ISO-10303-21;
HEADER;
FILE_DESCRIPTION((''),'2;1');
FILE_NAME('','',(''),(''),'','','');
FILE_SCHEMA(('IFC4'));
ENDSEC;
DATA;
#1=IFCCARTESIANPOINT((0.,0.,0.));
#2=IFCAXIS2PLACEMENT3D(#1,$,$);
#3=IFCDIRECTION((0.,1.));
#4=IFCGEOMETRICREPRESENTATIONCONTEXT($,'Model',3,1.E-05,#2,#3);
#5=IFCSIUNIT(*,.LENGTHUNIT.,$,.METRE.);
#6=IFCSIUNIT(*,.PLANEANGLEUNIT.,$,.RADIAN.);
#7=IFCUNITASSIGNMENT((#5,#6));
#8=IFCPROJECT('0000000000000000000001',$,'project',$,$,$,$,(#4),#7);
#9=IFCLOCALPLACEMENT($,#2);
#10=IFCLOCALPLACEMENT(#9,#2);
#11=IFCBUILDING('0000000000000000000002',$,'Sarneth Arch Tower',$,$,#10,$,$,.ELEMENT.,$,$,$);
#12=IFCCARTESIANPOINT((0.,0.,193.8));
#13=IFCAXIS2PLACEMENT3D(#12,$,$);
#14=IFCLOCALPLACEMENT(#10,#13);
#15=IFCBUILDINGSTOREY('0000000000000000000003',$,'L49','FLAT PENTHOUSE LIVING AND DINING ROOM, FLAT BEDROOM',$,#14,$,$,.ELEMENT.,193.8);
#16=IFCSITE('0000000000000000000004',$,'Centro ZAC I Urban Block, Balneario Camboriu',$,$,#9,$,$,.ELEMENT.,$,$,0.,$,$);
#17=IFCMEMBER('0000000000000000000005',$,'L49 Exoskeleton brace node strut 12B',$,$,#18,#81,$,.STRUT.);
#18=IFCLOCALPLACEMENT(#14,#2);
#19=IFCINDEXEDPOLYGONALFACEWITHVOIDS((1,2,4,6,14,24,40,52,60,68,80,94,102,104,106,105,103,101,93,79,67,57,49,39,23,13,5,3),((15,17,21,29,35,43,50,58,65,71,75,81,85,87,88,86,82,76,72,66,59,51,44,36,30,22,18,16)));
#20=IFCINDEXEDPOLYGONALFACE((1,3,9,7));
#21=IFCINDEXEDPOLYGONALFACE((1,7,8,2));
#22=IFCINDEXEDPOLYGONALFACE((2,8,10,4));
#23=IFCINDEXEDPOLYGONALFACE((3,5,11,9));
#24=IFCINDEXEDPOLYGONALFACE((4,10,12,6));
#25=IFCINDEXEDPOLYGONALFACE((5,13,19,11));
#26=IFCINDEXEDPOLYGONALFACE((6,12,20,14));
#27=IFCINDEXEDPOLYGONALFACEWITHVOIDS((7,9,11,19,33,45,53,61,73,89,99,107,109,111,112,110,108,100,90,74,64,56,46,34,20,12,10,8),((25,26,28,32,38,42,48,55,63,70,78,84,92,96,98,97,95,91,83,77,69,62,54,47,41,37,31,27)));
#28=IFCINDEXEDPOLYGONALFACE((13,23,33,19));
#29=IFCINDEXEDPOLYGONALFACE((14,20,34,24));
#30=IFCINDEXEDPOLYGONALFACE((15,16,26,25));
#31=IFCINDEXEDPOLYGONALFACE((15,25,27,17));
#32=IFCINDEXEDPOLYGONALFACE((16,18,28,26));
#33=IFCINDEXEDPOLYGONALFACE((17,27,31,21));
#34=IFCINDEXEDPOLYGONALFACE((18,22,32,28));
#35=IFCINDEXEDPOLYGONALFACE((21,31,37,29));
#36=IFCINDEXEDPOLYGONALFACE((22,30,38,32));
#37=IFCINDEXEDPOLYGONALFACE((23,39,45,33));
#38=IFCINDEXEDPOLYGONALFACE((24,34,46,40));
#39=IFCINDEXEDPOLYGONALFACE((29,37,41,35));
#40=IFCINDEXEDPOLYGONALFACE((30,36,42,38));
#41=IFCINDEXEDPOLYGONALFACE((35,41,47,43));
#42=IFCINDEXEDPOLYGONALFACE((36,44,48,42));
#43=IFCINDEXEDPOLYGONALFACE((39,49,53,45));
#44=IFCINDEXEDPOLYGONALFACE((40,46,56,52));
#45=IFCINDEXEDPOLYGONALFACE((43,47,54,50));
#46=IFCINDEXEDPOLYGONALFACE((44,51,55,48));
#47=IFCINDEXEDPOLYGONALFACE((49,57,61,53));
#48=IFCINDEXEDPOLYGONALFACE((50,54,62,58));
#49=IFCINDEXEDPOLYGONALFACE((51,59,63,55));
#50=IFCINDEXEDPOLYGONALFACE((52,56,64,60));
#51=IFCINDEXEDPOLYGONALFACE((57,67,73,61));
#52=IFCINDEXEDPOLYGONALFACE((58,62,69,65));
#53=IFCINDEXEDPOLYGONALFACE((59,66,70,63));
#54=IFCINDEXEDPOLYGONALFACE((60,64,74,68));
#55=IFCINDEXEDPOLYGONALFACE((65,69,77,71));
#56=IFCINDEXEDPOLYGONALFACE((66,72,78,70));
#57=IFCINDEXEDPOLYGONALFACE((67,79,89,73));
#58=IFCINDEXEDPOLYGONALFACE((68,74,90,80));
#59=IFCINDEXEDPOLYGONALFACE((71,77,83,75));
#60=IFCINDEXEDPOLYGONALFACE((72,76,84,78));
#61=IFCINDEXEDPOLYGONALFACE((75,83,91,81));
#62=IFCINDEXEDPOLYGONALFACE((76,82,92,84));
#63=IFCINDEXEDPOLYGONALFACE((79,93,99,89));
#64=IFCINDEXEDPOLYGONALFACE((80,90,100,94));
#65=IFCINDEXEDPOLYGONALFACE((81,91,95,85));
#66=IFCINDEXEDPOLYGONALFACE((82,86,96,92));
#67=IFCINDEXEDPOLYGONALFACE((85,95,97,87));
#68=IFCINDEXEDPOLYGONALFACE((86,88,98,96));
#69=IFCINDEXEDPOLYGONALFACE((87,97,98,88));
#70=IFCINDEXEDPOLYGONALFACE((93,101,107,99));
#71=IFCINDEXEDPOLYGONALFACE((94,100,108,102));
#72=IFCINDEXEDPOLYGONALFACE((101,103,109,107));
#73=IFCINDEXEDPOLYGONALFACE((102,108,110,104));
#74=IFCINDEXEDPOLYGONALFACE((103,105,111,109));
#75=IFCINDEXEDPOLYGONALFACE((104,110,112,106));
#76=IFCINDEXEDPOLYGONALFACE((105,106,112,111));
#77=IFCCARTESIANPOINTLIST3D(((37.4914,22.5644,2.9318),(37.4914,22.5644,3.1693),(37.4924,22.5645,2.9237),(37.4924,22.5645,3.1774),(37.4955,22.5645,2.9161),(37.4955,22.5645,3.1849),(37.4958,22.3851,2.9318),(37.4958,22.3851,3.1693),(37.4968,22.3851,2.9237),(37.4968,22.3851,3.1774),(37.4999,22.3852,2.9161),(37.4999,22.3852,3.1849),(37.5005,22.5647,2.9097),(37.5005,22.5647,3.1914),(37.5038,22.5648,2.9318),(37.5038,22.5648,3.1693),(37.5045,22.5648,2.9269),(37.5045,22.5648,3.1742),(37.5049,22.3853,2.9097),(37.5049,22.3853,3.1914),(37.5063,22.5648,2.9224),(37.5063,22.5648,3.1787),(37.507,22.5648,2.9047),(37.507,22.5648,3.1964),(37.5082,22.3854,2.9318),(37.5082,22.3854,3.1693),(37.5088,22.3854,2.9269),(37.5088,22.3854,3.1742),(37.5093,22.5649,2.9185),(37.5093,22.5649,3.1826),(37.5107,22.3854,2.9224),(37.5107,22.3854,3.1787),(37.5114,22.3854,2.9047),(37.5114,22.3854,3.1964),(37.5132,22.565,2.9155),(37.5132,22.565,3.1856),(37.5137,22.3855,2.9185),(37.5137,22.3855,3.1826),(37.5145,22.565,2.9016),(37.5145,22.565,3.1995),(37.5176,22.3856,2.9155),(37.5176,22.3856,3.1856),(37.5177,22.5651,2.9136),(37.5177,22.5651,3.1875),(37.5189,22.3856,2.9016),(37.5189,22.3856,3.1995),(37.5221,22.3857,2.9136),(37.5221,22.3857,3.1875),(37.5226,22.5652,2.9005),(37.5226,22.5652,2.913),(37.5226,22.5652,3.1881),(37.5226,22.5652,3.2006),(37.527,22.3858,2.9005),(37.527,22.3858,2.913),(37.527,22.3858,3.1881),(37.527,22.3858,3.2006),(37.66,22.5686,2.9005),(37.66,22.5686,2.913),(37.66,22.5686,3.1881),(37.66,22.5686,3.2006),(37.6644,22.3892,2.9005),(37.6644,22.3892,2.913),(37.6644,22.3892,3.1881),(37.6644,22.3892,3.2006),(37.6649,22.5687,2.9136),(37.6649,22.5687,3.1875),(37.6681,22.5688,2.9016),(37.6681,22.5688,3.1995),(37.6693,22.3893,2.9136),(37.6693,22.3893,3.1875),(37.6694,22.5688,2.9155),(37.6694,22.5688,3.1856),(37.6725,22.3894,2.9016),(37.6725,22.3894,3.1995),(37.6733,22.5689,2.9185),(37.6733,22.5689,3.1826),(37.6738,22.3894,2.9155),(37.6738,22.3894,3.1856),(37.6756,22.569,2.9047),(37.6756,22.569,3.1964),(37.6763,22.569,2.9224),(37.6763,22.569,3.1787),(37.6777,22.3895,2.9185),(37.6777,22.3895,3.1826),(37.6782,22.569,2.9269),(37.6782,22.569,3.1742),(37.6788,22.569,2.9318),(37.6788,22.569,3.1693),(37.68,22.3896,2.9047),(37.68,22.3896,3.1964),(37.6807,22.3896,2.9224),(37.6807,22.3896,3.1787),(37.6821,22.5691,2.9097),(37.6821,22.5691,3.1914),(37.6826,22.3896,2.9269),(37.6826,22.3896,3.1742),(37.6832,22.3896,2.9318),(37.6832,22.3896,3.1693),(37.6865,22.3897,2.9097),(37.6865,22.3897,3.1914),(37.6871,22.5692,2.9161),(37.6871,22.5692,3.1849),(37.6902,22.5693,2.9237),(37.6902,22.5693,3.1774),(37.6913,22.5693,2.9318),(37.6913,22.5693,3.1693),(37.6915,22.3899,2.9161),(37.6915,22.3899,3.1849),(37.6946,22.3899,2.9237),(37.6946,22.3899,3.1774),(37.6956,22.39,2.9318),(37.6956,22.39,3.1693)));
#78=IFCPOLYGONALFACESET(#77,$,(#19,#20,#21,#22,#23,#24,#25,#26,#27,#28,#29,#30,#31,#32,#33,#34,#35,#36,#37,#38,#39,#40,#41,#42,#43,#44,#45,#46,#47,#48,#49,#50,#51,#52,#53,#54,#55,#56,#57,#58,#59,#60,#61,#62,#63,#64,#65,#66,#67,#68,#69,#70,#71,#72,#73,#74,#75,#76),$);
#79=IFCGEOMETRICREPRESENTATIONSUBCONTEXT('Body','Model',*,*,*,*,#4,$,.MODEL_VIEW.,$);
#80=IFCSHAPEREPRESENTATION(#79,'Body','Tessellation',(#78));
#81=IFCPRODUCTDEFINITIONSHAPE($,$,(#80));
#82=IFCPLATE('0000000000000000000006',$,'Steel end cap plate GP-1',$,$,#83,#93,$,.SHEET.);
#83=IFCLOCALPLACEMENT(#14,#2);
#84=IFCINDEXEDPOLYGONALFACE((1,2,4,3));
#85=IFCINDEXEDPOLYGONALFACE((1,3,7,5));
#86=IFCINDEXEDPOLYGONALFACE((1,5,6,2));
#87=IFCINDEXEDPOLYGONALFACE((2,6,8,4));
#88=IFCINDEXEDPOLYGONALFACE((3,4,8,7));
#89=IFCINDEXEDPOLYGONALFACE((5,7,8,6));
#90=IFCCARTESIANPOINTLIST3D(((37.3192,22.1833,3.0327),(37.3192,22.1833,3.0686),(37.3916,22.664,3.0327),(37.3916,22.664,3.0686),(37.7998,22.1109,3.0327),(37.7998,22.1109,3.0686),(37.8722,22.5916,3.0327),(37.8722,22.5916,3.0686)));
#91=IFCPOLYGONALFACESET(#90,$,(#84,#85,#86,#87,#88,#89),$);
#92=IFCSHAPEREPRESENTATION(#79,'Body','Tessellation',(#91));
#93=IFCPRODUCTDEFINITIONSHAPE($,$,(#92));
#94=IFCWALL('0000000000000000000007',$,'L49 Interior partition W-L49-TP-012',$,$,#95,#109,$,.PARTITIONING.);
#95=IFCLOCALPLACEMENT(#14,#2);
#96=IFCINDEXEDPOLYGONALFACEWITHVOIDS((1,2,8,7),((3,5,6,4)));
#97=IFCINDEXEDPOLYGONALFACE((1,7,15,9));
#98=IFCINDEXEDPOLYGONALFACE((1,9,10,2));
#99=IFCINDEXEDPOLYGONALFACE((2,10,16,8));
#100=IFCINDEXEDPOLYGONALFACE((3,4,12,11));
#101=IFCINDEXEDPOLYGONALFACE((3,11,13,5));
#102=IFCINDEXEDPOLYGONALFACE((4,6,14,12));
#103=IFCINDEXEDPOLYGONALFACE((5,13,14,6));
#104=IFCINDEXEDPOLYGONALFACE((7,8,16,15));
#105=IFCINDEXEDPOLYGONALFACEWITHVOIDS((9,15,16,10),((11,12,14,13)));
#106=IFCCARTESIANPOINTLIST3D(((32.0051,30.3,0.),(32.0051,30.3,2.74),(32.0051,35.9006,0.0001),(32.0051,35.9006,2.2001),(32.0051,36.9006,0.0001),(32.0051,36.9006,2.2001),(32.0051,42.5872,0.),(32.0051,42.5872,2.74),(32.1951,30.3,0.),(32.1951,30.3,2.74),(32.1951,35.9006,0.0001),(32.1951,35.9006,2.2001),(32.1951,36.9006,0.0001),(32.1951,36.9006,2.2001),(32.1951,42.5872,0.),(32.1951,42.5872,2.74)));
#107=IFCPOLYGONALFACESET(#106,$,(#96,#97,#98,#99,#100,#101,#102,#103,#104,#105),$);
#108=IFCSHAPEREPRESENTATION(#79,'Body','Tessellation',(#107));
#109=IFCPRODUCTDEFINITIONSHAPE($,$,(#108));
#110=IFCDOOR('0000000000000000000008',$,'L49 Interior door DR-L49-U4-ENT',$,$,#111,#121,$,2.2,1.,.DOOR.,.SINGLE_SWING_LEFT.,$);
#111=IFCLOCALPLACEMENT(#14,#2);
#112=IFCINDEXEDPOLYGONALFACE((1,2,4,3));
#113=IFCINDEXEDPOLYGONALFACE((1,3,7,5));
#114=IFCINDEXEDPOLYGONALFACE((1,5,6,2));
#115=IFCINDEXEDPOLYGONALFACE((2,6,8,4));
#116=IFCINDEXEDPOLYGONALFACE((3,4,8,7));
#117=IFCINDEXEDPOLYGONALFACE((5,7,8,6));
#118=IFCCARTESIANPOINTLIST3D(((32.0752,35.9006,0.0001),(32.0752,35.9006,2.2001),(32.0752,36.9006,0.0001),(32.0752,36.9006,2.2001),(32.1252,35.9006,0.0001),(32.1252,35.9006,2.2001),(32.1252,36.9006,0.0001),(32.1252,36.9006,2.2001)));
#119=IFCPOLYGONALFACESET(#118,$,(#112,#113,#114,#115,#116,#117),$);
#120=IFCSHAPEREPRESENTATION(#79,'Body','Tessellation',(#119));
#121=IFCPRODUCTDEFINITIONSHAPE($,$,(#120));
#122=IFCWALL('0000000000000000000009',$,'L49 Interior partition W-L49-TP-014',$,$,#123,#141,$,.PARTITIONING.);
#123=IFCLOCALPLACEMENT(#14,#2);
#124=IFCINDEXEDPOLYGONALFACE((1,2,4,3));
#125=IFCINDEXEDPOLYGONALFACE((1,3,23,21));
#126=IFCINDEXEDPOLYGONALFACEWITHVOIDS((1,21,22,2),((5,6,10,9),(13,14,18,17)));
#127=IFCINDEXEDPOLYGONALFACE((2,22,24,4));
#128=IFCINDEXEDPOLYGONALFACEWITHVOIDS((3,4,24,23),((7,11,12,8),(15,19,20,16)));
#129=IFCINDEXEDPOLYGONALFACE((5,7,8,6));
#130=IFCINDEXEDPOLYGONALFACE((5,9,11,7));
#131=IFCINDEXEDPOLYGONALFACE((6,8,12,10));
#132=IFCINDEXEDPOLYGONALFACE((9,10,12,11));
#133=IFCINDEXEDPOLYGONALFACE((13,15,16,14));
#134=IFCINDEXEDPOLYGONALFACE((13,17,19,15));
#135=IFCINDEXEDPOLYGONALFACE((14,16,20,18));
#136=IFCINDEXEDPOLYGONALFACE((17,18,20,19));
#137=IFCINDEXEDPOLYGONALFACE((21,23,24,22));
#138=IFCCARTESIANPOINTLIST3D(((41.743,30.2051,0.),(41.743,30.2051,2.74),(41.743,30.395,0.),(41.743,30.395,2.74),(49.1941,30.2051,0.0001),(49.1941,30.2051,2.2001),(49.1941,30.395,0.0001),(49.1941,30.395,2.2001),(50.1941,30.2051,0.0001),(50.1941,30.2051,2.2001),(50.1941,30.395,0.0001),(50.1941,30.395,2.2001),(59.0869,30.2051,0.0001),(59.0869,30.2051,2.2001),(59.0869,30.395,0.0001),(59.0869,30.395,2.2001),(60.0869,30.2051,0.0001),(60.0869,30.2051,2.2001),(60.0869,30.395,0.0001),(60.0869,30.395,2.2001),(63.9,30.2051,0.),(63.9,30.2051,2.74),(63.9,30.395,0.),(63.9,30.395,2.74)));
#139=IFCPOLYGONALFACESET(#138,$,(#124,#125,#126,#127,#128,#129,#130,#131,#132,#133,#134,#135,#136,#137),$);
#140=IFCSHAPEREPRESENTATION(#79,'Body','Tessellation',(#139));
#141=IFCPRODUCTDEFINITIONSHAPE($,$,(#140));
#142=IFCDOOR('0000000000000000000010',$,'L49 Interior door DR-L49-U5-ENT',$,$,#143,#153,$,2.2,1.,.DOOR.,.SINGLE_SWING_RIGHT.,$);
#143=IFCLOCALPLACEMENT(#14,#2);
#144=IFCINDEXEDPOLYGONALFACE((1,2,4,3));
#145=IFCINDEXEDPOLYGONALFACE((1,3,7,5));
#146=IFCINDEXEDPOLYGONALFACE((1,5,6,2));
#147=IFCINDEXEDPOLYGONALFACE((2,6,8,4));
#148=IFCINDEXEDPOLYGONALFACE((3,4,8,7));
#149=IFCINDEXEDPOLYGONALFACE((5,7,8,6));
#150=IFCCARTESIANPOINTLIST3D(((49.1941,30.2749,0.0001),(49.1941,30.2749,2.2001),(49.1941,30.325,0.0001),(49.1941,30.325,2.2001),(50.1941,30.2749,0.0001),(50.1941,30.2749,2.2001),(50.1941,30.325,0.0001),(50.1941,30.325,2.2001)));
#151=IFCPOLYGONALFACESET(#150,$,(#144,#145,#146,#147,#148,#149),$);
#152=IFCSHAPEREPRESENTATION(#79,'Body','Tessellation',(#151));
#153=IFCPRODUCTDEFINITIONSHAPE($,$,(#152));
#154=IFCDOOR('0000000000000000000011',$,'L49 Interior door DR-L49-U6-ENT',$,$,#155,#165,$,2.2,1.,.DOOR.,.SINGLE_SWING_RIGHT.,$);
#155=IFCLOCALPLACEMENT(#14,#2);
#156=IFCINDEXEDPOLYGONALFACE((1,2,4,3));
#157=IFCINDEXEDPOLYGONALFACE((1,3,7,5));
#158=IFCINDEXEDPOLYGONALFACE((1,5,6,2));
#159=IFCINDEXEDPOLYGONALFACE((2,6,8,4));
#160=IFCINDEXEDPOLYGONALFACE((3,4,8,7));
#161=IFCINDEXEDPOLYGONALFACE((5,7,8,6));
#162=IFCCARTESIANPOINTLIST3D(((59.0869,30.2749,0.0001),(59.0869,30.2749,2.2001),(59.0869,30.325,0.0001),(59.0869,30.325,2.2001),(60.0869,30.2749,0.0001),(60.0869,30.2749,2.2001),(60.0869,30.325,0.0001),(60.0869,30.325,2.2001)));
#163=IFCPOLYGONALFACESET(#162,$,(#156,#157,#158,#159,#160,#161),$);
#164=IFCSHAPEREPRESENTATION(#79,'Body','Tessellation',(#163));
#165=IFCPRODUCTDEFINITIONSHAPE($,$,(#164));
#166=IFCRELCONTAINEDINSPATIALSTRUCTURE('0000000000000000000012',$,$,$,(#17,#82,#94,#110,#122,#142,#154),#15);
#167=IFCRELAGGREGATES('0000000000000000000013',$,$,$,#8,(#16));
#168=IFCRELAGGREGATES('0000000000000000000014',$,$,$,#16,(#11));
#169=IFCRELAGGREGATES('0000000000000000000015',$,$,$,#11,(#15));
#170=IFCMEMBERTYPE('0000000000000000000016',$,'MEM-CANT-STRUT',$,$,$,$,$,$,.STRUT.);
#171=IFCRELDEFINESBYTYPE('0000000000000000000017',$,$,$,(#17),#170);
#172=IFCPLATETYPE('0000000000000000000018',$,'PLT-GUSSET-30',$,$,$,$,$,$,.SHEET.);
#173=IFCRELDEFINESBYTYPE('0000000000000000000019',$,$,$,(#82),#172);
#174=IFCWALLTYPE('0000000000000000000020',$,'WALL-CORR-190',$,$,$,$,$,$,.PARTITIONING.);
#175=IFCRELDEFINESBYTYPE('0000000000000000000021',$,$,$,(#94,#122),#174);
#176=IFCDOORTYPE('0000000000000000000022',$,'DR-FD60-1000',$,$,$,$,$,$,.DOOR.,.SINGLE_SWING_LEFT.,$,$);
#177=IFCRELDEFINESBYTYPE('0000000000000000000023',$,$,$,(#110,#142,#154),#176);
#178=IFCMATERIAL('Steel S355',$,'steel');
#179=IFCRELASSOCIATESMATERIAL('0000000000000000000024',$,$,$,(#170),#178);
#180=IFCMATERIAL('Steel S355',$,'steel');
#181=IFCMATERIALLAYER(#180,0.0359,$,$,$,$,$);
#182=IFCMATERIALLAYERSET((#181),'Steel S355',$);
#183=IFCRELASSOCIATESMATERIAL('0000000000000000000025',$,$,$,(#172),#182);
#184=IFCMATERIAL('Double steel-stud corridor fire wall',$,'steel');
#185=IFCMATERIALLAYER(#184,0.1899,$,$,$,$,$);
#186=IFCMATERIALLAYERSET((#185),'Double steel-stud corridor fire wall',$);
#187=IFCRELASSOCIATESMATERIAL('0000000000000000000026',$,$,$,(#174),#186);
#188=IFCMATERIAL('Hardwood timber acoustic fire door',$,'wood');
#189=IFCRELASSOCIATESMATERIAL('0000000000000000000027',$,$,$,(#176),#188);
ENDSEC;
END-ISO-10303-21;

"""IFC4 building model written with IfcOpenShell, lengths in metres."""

from ifc_helpers import new_model, si_unit, direction, frame, frame_2d, origin, origin_2d, place, context, subcontext, project, spatial, rectangle, hollow_rectangle, extrude, material, layer, layer_set, material_profile, profile_set, type_object, element, fill, save


model = new_model("IFC4")

# Units and contexts
model_context = context("Model", 3, precision=1e-05, world=origin(), true_north=direction((0.0, 1.0)))
body_context = subcontext(model_context, "Body", "Model", "MODEL_VIEW")
ifc_project = project(units=[si_unit("LENGTHUNIT", "METRE"), si_unit("PLANEANGLEUNIT", "RADIAN")], contexts=[model_context])

# Site, building, storey
site_placement = place(None, origin())
site = spatial("IfcSite", under=ifc_project, at=site_placement, Name="Centro ZAC I Urban Block, Balneario Camboriu", CompositionType="ELEMENT", RefElevation=0.0)
building_placement = place(site_placement, origin())
building = spatial("IfcBuilding", under=site, at=building_placement, Name="Sarneth Arch Tower", CompositionType="ELEMENT")
storey_placement = place(building_placement, frame((0.0, 0.0, 193.8)))
storey = spatial("IfcBuildingStorey", under=building, at=storey_placement, Name="L49", Description="FLAT PENTHOUSE LIVING AND DINING ROOM, FLAT BEDROOM", CompositionType="ELEMENT", Elevation=193.8)

# Member
ifc_material_1 = material(Name="Steel S355", Category="steel")
ifc_material_profile_1 = material_profile(ifc_material_1, hollow_rectangle(XDim=0.2, YDim=0.3, WallThickness=0.0125, InnerFilletRadius=0.0188, OuterFilletRadius=0.0312, at=origin_2d()), Name="RHS300x200x12.5")
ifc_profile_set_1 = profile_set([ifc_material_profile_1], Name="Steel S355")
member_type = type_object("IfcMemberType", Name="MEM-CANT-STRUT", PredefinedType="STRUT", material=ifc_profile_set_1)
member_placement = place(storey_placement, frame((37.5913, 22.5669, 3.0505), z_axis=(0.024482, -0.9997, 0.0), x_axis=(0.9997, 0.024482, 0.0)))
element("IfcMember", 1, at=member_placement, inside=storey, type_object=member_type, Name="L49 Exoskeleton brace node strut 12B", PredefinedType="STRUT", context=body_context, shape_type="SweptSolid", body=[
    extrude(hollow_rectangle(XDim=0.2, YDim=0.3, WallThickness=0.0125, InnerFilletRadius=0.0188, OuterFilletRadius=0.0312, at=origin_2d()), origin(), (0.0, 0.0, 1.0), 0.1794),
])

# Plate
ifc_material_2 = material(Name="Steel S355", Category="steel")
ifc_layer_1 = layer(ifc_material_2, 0.0359)
ifc_layer_set_1 = layer_set([ifc_layer_1], Name="Steel S355")
plate_type = type_object("IfcPlateType", Name="PLT-GUSSET-30", PredefinedType="SHEET", material=ifc_layer_set_1)
plate_placement = place(storey_placement, frame((37.5957, 22.3875, 3.0327), z_axis=(0.0, 0.0, 1.0), x_axis=(0.988835, -0.149018, 0.0)))
element("IfcPlate", 2, at=plate_placement, inside=storey, type_object=plate_type, Name="Steel end cap plate GP-1", PredefinedType="SHEET", context=body_context, shape_type="SweptSolid", body=[
    extrude(rectangle(XDim=0.4861, YDim=0.4861, at=origin_2d()), origin(), (0.0, 0.0, 1.0), 0.0359),
])

# Wall, opening, door
ifc_material_3 = material(Name="Double steel-stud corridor fire wall", Category="steel")
ifc_layer_2 = layer(ifc_material_3, 0.1899)
ifc_layer_set_2 = layer_set([ifc_layer_2], Name="Double steel-stud corridor fire wall")
wall_type_1 = type_object("IfcWallType", Name="WALL-CORR-190", PredefinedType="PARTITIONING", material=ifc_layer_set_2)
wall_1_placement = place(storey_placement, frame((32.1001, 30.3, 0.0), z_axis=(0.0, 0.0, 1.0), x_axis=(0.0, 1.0, 0.0)))
wall_1 = element("IfcWall", 3, at=wall_1_placement, inside=storey, type_object=wall_type_1, Name="L49 Interior partition W-L49-TP-012", PredefinedType="PARTITIONING", context=body_context, shape_type="SweptSolid", body=[
    extrude(rectangle(XDim=12.2871, YDim=0.1899, at=frame_2d((6.1436, 0.0))), origin(), (0.0, 0.0, 1.0), 2.74),
])
opening_1_placement = place(wall_1_placement, frame((5.6006, 0.0, 0.0)))
opening_1 = element("IfcOpeningElement", 4, at=opening_1_placement, cuts=wall_1, PredefinedType="OPENING", context=body_context, shape_type="SweptSolid", body=[
    extrude(rectangle(XDim=1.0, YDim=2.2, at=frame_2d((0.5, 1.1001))), frame((0.0, 0.105, 0.0), z_axis=(0.0, -1.0, 0.0), x_axis=(1.0, 0.0, 0.0)), (0.0, 0.0, 1.0), 0.21),
])
ifc_material_4 = material(Name="Hardwood timber acoustic fire door", Category="wood")
door_type_1 = type_object("IfcDoorType", Name="DR-FD60-1000", OperationType="SINGLE_SWING_LEFT", PredefinedType="DOOR", material=ifc_material_4)
door_1_placement = place(opening_1_placement, origin())
door_1 = element("IfcDoor", 5, at=door_1_placement, inside=storey, type_object=door_type_1, Name="L49 Interior door DR-L49-U4-ENT", OperationType="SINGLE_SWING_LEFT", OverallHeight=2.2, OverallWidth=1.0, PredefinedType="DOOR", context=body_context, shape_type="SweptSolid", body=[
    extrude(rectangle(XDim=1.0, YDim=2.2, at=frame_2d((0.5, 1.1001))), frame((0.0, 0.0249, 0.0), z_axis=(0.0, -1.0, 0.0), x_axis=(1.0, 0.0, 0.0)), (0.0, 0.0, 1.0), 0.05),
])
fill(opening_1, door_1)

# Wall, openings, doors
wall_2_placement = place(storey_placement, frame((41.7429, 30.3, 0.0), z_axis=(0.0, 0.0, 1.0), x_axis=(1.0, 0.0, 0.0)))
wall_2 = element("IfcWall", 6, at=wall_2_placement, inside=storey, type_object=wall_type_1, Name="L49 Interior partition W-L49-TP-014", PredefinedType="PARTITIONING", context=body_context, shape_type="SweptSolid", body=[
    extrude(rectangle(XDim=22.157, YDim=0.1899, at=frame_2d((11.0786, 0.0))), origin(), (0.0, 0.0, 1.0), 2.74),
])
opening_2_placement = place(wall_2_placement, frame((7.4512, 0.0, 0.0)))
opening_2 = element("IfcOpeningElement", 7, at=opening_2_placement, cuts=wall_2, PredefinedType="OPENING", context=body_context, shape_type="SweptSolid", body=[
    extrude(rectangle(XDim=1.0, YDim=2.2, at=frame_2d((0.5, 1.1001))), frame((0.0, 0.105, 0.0), z_axis=(0.0, -1.0, 0.0), x_axis=(1.0, 0.0, 0.0)), (0.0, 0.0, 1.0), 0.21),
])
opening_3_placement = place(wall_2_placement, frame((17.344, 0.0, 0.0)))
opening_3 = element("IfcOpeningElement", 8, at=opening_3_placement, cuts=wall_2, PredefinedType="OPENING", context=body_context, shape_type="SweptSolid", body=[
    extrude(rectangle(XDim=1.0, YDim=2.2, at=frame_2d((0.5, 1.1001))), frame((0.0, 0.105, 0.0), z_axis=(0.0, -1.0, 0.0), x_axis=(1.0, 0.0, 0.0)), (0.0, 0.0, 1.0), 0.21),
])
door_2_placement = place(opening_2_placement, origin())
door_2 = element("IfcDoor", 9, at=door_2_placement, inside=storey, type_object=door_type_1, Name="L49 Interior door DR-L49-U5-ENT", OperationType="SINGLE_SWING_RIGHT", OverallHeight=2.2, OverallWidth=1.0, PredefinedType="DOOR", context=body_context, shape_type="SweptSolid", body=[
    extrude(rectangle(XDim=1.0, YDim=2.2, at=frame_2d((0.5, 1.1001))), frame((0.0, 0.0249, 0.0), z_axis=(0.0, -1.0, 0.0), x_axis=(1.0, 0.0, 0.0)), (0.0, 0.0, 1.0), 0.05),
])
fill(opening_2, door_2)
door_3_placement = place(opening_3_placement, origin())
door_3 = element("IfcDoor", 10, at=door_3_placement, inside=storey, type_object=door_type_1, Name="L49 Interior door DR-L49-U6-ENT", OperationType="SINGLE_SWING_RIGHT", OverallHeight=2.2, OverallWidth=1.0, PredefinedType="DOOR", context=body_context, shape_type="SweptSolid", body=[
    extrude(rectangle(XDim=1.0, YDim=2.2, at=frame_2d((0.5, 1.1001))), frame((0.0, 0.0249, 0.0), z_axis=(0.0, -1.0, 0.0), x_axis=(1.0, 0.0, 0.0)), (0.0, 0.0, 1.0), 0.05),
])
fill(opening_3, door_3)

save(model, "model.ifc")
